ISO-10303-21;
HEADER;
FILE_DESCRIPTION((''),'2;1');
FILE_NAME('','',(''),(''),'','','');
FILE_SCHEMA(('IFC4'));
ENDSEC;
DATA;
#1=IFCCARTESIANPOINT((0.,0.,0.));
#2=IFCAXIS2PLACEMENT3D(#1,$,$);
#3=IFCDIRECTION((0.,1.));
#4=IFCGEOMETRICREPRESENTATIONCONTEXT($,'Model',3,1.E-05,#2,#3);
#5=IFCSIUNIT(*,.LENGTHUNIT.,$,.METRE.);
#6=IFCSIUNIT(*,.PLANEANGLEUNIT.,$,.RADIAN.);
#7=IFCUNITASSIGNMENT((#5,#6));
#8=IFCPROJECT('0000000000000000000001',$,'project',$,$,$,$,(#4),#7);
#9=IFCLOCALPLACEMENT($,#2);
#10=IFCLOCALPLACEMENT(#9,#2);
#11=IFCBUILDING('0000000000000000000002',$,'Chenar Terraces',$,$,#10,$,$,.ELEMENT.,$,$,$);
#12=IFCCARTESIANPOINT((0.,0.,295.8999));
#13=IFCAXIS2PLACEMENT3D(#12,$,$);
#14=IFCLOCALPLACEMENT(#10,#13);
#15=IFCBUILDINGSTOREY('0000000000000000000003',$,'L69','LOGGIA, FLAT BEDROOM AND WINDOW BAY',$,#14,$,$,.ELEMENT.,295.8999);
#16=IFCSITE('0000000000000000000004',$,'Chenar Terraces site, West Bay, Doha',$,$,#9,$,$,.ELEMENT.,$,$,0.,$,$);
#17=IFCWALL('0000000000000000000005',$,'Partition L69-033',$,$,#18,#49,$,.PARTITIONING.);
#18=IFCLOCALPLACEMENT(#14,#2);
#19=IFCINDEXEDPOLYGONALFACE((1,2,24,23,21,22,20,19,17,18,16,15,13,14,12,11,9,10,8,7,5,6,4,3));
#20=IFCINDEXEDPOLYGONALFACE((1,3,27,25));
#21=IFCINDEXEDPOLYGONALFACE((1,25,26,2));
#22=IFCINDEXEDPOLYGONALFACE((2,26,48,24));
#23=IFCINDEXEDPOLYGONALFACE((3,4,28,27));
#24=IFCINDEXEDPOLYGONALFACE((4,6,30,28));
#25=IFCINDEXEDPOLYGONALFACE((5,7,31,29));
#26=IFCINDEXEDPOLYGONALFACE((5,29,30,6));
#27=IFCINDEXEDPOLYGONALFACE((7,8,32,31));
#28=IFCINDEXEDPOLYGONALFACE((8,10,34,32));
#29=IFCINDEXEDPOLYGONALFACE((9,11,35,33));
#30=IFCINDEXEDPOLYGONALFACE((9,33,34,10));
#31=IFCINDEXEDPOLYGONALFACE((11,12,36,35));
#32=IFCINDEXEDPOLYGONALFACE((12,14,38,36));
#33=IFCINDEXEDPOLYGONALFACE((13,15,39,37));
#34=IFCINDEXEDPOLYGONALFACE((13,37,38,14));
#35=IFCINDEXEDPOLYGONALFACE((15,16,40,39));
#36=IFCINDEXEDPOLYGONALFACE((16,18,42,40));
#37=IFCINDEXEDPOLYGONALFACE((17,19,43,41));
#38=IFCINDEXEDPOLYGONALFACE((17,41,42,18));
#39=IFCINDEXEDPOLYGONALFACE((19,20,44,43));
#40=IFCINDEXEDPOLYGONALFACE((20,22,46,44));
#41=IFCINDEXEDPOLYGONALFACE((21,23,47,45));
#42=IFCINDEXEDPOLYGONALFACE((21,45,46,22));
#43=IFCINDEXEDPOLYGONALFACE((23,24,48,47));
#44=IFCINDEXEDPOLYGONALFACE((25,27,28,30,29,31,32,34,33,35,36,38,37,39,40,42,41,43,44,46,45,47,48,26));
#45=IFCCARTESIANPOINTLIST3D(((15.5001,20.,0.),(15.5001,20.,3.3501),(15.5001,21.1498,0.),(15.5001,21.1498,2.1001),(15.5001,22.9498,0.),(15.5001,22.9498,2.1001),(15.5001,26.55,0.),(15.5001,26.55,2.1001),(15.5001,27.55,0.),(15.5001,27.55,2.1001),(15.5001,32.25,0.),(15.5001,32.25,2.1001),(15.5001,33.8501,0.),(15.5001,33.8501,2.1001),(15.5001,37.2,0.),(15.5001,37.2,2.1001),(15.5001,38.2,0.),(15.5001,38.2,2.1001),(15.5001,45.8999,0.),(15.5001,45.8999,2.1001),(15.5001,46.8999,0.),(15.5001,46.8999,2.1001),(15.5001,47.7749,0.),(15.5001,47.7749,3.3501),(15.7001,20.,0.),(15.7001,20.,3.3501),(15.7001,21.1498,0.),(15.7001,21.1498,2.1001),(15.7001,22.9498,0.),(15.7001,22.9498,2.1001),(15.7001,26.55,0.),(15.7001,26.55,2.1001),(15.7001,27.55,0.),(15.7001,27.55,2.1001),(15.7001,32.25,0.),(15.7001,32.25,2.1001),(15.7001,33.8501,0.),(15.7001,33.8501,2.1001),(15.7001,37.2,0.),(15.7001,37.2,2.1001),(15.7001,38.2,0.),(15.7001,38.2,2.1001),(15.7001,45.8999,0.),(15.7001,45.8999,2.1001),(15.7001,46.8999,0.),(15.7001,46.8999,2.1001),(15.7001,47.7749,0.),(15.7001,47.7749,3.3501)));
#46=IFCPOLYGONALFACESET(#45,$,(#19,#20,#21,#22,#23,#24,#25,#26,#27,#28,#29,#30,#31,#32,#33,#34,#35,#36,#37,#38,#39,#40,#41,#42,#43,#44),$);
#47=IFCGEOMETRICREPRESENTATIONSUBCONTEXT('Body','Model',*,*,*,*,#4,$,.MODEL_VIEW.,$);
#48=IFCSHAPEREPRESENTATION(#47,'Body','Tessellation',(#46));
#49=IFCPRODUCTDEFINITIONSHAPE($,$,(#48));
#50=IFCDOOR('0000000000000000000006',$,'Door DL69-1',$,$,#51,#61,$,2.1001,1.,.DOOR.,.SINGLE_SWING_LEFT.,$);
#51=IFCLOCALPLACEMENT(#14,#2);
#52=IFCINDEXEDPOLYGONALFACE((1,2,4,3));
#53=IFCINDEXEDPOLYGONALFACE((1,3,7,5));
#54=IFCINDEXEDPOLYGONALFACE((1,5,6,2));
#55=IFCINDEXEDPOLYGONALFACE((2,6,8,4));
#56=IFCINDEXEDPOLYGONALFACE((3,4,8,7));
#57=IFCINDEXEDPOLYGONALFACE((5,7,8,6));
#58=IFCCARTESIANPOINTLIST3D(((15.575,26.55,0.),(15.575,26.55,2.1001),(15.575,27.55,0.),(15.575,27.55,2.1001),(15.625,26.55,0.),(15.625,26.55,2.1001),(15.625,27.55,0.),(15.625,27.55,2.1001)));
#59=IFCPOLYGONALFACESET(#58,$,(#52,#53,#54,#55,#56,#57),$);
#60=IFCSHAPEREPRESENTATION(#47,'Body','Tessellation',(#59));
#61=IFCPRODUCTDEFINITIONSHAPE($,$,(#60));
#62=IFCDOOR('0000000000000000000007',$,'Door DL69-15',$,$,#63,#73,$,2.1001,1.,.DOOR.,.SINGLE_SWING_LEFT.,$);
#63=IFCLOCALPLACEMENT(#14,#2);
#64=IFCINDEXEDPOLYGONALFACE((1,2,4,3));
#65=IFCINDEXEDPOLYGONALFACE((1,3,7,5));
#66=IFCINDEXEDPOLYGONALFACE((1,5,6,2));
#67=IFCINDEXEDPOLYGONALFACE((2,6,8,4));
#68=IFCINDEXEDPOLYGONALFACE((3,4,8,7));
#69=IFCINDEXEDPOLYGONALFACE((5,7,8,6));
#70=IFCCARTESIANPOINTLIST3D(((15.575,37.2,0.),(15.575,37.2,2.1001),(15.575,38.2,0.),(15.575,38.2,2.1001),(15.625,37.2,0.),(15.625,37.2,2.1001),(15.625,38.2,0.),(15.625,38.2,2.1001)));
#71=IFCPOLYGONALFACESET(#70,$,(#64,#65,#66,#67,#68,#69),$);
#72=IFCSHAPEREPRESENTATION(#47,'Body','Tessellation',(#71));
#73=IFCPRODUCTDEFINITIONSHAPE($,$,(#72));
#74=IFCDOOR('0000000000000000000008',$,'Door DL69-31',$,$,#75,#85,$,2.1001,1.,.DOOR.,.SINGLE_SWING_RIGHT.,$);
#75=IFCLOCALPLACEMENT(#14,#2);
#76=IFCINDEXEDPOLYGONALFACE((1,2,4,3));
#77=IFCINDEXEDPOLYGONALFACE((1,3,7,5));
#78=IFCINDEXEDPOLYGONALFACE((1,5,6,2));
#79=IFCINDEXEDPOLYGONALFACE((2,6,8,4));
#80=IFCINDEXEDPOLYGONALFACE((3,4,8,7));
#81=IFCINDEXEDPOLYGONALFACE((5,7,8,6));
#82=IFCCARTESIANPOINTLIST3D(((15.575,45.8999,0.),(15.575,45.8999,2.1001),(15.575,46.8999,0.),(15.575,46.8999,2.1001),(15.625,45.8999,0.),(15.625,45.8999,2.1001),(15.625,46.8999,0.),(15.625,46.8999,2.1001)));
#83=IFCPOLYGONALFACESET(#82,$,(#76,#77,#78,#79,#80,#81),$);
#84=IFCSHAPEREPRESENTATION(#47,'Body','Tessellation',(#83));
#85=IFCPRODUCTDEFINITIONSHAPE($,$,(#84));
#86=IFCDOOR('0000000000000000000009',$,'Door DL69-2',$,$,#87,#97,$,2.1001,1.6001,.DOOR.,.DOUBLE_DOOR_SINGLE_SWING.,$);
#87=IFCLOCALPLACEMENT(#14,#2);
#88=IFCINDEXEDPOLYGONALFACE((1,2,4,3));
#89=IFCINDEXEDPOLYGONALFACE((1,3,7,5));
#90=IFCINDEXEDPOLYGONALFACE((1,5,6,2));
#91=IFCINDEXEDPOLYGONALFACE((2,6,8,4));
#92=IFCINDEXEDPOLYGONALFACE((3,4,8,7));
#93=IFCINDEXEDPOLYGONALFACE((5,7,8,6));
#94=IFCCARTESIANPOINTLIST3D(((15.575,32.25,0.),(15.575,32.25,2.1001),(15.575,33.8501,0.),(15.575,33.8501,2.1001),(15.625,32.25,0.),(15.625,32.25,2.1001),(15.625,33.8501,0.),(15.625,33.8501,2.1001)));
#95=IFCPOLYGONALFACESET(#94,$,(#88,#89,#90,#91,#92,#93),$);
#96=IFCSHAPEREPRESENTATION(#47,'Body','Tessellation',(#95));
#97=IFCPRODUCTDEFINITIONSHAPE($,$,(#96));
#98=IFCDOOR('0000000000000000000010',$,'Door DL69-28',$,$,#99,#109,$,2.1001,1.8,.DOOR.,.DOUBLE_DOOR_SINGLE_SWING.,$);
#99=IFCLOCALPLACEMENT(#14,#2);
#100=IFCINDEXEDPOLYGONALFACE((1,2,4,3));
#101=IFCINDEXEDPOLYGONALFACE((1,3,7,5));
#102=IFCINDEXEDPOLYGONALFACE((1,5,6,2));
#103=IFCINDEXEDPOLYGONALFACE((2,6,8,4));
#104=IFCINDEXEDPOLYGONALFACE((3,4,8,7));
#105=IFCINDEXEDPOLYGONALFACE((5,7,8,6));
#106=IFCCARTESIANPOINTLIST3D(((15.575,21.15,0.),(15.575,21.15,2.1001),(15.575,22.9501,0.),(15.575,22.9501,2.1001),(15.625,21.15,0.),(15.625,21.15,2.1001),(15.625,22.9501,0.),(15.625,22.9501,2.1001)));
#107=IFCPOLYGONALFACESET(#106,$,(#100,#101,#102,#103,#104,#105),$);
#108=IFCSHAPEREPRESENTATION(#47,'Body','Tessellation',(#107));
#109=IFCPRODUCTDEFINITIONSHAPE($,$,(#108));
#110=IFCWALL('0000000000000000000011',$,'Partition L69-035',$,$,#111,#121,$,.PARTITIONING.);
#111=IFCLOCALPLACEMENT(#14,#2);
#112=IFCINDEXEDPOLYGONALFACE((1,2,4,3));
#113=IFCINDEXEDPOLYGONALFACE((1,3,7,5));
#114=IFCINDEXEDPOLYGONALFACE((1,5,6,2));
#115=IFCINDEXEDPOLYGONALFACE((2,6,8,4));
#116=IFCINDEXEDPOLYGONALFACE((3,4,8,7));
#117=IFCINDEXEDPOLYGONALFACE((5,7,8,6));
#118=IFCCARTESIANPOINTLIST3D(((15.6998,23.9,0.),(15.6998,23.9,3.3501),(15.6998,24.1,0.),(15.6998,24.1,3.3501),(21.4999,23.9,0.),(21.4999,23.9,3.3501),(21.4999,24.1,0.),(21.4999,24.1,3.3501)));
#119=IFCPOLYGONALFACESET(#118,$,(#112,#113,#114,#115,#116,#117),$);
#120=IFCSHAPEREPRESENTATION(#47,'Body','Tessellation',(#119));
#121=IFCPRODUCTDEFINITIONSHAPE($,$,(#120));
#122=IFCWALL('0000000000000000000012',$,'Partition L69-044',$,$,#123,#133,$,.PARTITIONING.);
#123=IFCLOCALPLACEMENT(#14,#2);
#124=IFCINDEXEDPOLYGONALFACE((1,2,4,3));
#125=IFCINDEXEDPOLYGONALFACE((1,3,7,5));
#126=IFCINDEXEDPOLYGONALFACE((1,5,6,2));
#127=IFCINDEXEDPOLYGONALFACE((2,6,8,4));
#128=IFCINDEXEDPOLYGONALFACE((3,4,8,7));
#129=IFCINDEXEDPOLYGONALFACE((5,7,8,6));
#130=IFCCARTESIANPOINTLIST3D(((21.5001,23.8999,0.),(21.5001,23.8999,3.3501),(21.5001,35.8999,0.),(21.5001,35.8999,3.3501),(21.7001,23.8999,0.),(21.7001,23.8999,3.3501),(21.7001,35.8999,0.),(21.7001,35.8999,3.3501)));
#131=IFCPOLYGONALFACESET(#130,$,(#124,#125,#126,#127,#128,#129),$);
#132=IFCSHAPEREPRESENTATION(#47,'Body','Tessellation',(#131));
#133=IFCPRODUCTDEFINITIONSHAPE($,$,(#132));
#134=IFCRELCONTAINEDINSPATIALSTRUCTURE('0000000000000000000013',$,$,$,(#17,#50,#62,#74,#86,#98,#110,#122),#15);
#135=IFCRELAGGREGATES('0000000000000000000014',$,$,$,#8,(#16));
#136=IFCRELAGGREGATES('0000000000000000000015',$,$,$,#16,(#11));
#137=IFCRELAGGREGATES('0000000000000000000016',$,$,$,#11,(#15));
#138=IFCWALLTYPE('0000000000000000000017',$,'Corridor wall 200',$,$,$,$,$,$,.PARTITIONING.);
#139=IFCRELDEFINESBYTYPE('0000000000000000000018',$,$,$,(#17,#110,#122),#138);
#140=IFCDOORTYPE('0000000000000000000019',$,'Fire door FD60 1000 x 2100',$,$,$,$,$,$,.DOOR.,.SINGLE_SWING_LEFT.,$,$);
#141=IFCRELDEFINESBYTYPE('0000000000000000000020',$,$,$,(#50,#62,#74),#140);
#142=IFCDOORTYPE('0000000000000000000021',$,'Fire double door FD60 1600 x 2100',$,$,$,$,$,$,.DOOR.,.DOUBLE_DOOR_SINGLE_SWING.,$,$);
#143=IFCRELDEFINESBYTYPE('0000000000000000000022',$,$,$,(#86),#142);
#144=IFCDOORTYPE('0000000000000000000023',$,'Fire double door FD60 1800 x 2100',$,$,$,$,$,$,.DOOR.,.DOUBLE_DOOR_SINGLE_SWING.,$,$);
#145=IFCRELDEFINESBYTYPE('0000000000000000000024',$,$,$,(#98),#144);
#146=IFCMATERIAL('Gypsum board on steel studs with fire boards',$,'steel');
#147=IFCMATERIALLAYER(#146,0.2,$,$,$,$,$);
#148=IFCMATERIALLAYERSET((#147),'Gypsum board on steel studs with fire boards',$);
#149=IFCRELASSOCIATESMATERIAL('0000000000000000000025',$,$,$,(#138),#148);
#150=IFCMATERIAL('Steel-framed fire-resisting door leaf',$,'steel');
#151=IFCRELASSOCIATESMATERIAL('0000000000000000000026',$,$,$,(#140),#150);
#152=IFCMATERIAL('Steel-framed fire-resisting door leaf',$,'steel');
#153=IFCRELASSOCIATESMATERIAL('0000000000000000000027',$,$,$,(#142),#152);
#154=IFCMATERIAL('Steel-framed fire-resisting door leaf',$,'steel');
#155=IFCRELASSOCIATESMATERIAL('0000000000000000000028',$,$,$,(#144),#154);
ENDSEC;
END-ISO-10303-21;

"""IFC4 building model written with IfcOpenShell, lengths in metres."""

from ifc_helpers import new_model, si_unit, direction, frame, frame_2d, origin, place, context, subcontext, project, spatial, rectangle, extrude, material, layer, layer_set, type_object, element, fill, save


model = new_model("IFC4")

# Units and contexts
model_context = context("Model", 3, precision=1e-05, world=origin(), true_north=direction((0.0, 1.0)))
body_context = subcontext(model_context, "Body", "Model", "MODEL_VIEW")
ifc_project = project(units=[si_unit("LENGTHUNIT", "METRE"), si_unit("PLANEANGLEUNIT", "RADIAN")], contexts=[model_context])

# Site, building, storey
site_placement = place(None, origin())
site = spatial("IfcSite", under=ifc_project, at=site_placement, Name="Chenar Terraces site, West Bay, Doha", CompositionType="ELEMENT", RefElevation=0.0)
building_placement = place(site_placement, origin())
building = spatial("IfcBuilding", under=site, at=building_placement, Name="Chenar Terraces", CompositionType="ELEMENT")
storey_placement = place(building_placement, frame((0.0, 0.0, 295.8999)))
storey = spatial("IfcBuildingStorey", under=building, at=storey_placement, Name="L69", Description="LOGGIA, FLAT BEDROOM AND WINDOW BAY", CompositionType="ELEMENT", Elevation=295.8999)

# Wall, openings, doors
ifc_material_1 = material(Name="Gypsum board on steel studs with fire boards", Category="steel")
ifc_layer_1 = layer(ifc_material_1, 0.2)
ifc_layer_set_1 = layer_set([ifc_layer_1], Name="Gypsum board on steel studs with fire boards")
wall_type_1 = type_object("IfcWallType", Name="Corridor wall 200", PredefinedType="PARTITIONING", material=ifc_layer_set_1)
wall_1_placement = place(storey_placement, frame((15.6001, 20.0, 0.0), z_axis=(0.0, 0.0, 1.0), x_axis=(0.0, 1.0, 0.0)))
wall_1 = element("IfcWall", 1, at=wall_1_placement, inside=storey, type_object=wall_type_1, Name="Partition L69-033", PredefinedType="PARTITIONING", context=body_context, shape_type="SweptSolid", body=[
    extrude(rectangle(XDim=27.7749, YDim=0.2, at=frame_2d((13.8875, 0.0))), origin(), (0.0, 0.0, 1.0), 3.3501),
])
opening_1_placement = place(wall_1_placement, frame((6.55, 0.0, 0.0)))
opening_1 = element("IfcOpeningElement", 2, at=opening_1_placement, cuts=wall_1, PredefinedType="OPENING", context=body_context, shape_type="SweptSolid", body=[
    extrude(rectangle(XDim=1.0, YDim=2.1001, at=frame_2d((0.5, 1.05))), frame((0.0, 0.1099, 0.0), z_axis=(0.0, -1.0, 0.0), x_axis=(1.0, 0.0, 0.0)), (0.0, 0.0, 1.0), 0.22),
])
opening_2_placement = place(wall_1_placement, frame((12.25, 0.0, 0.0)))
opening_2 = element("IfcOpeningElement", 3, at=opening_2_placement, cuts=wall_1, PredefinedType="OPENING", context=body_context, shape_type="SweptSolid", body=[
    extrude(rectangle(XDim=1.6001, YDim=2.1001, at=frame_2d((0.8, 1.05))), frame((0.0, 0.1099, 0.0), z_axis=(0.0, -1.0, 0.0), x_axis=(1.0, 0.0, 0.0)), (0.0, 0.0, 1.0), 0.22),
])
opening_3_placement = place(wall_1_placement, frame((17.2, 0.0, 0.0)))
opening_3 = element("IfcOpeningElement", 4, at=opening_3_placement, cuts=wall_1, PredefinedType="OPENING", context=body_context, shape_type="SweptSolid", body=[
    extrude(rectangle(XDim=1.0, YDim=2.1001, at=frame_2d((0.5, 1.05))), frame((0.0, 0.1099, 0.0), z_axis=(0.0, -1.0, 0.0), x_axis=(1.0, 0.0, 0.0)), (0.0, 0.0, 1.0), 0.22),
])
opening_4_placement = place(wall_1_placement, frame((1.1499, 0.0, 0.0)))
opening_4 = element("IfcOpeningElement", 5, at=opening_4_placement, cuts=wall_1, PredefinedType="OPENING", context=body_context, shape_type="SweptSolid", body=[
    extrude(rectangle(XDim=1.8, YDim=2.1001, at=frame_2d((0.8999, 1.05))), frame((0.0, 0.1099, 0.0), z_axis=(0.0, -1.0, 0.0), x_axis=(1.0, 0.0, 0.0)), (0.0, 0.0, 1.0), 0.22),
])
opening_5_placement = place(wall_1_placement, frame((25.8999, 0.0, 0.0)))
opening_5 = element("IfcOpeningElement", 6, at=opening_5_placement, cuts=wall_1, PredefinedType="OPENING", context=body_context, shape_type="SweptSolid", body=[
    extrude(rectangle(XDim=1.0, YDim=2.1001, at=frame_2d((0.5, 1.05))), frame((0.0, 0.1099, 0.0), z_axis=(0.0, -1.0, 0.0), x_axis=(1.0, 0.0, 0.0)), (0.0, 0.0, 1.0), 0.22),
])
ifc_material_2 = material(Name="Steel-framed fire-resisting door leaf", Category="steel")
door_type_1 = type_object("IfcDoorType", Name="Fire door FD60 1000 x 2100", OperationType="SINGLE_SWING_LEFT", PredefinedType="DOOR", material=ifc_material_2)
door_1_placement = place(opening_1_placement, frame((1.0, 0.0, 0.0), z_axis=(0.0, 0.0, 1.0), x_axis=(-1.0, 0.0, 0.0)))
door_1 = element("IfcDoor", 7, at=door_1_placement, inside=storey, type_object=door_type_1, Name="Door DL69-1", OperationType="SINGLE_SWING_LEFT", OverallHeight=2.1001, OverallWidth=1.0, PredefinedType="DOOR", context=body_context, shape_type="SweptSolid", body=[
    extrude(rectangle(XDim=1.0, YDim=2.1001, at=frame_2d((0.5, 1.05))), frame((0.0, 0.0249, 0.0), z_axis=(0.0, -1.0, 0.0), x_axis=(1.0, 0.0, 0.0)), (0.0, 0.0, 1.0), 0.05),
])
fill(opening_1, door_1)
door_2_placement = place(opening_3_placement, frame((1.0, 0.0, 0.0), z_axis=(0.0, 0.0, 1.0), x_axis=(-1.0, 0.0, 0.0)))
door_2 = element("IfcDoor", 8, at=door_2_placement, inside=storey, type_object=door_type_1, Name="Door DL69-15", OperationType="SINGLE_SWING_LEFT", OverallHeight=2.1001, OverallWidth=1.0, PredefinedType="DOOR", context=body_context, shape_type="SweptSolid", body=[
    extrude(rectangle(XDim=1.0, YDim=2.1001, at=frame_2d((0.5, 1.05))), frame((0.0, 0.0249, 0.0), z_axis=(0.0, -1.0, 0.0), x_axis=(1.0, 0.0, 0.0)), (0.0, 0.0, 1.0), 0.05),
])
fill(opening_3, door_2)
door_3_placement = place(opening_5_placement, frame((1.0, 0.0, 0.0), z_axis=(0.0, 0.0, 1.0), x_axis=(-1.0, 0.0, 0.0)))
door_3 = element("IfcDoor", 9, at=door_3_placement, inside=storey, type_object=door_type_1, Name="Door DL69-31", OperationType="SINGLE_SWING_RIGHT", OverallHeight=2.1001, OverallWidth=1.0, PredefinedType="DOOR", context=body_context, shape_type="SweptSolid", body=[
    extrude(rectangle(XDim=1.0, YDim=2.1001, at=frame_2d((0.5, 1.05))), frame((0.0, 0.0249, 0.0), z_axis=(0.0, -1.0, 0.0), x_axis=(1.0, 0.0, 0.0)), (0.0, 0.0, 1.0), 0.05),
])
fill(opening_5, door_3)
ifc_material_3 = material(Name="Steel-framed fire-resisting door leaf", Category="steel")
door_type_2 = type_object("IfcDoorType", Name="Fire double door FD60 1600 x 2100", OperationType="DOUBLE_DOOR_SINGLE_SWING", PredefinedType="DOOR", material=ifc_material_3)
door_4_placement = place(opening_2_placement, frame((1.6001, 0.0, 0.0), z_axis=(0.0, 0.0, 1.0), x_axis=(-1.0, 0.0, 0.0)))
door_4 = element("IfcDoor", 10, at=door_4_placement, inside=storey, type_object=door_type_2, Name="Door DL69-2", OperationType="DOUBLE_DOOR_SINGLE_SWING", OverallHeight=2.1001, OverallWidth=1.6001, PredefinedType="DOOR", context=body_context, shape_type="SweptSolid", body=[
    extrude(rectangle(XDim=1.6001, YDim=2.1001, at=frame_2d((0.8, 1.05))), frame((0.0, 0.0249, 0.0), z_axis=(0.0, -1.0, 0.0), x_axis=(1.0, 0.0, 0.0)), (0.0, 0.0, 1.0), 0.05),
])
fill(opening_2, door_4)
ifc_material_4 = material(Name="Steel-framed fire-resisting door leaf", Category="steel")
door_type_3 = type_object("IfcDoorType", Name="Fire double door FD60 1800 x 2100", OperationType="DOUBLE_DOOR_SINGLE_SWING", PredefinedType="DOOR", material=ifc_material_4)
door_5_placement = place(opening_4_placement, frame((1.8, 0.0, 0.0), z_axis=(0.0, 0.0, 1.0), x_axis=(-1.0, 0.0, 0.0)))
door_5 = element("IfcDoor", 11, at=door_5_placement, inside=storey, type_object=door_type_3, Name="Door DL69-28", OperationType="DOUBLE_DOOR_SINGLE_SWING", OverallHeight=2.1001, OverallWidth=1.8, PredefinedType="DOOR", context=body_context, shape_type="SweptSolid", body=[
    extrude(rectangle(XDim=1.8, YDim=2.1001, at=frame_2d((0.8999, 1.05))), frame((0.0, 0.0249, 0.0), z_axis=(0.0, -1.0, 0.0), x_axis=(1.0, 0.0, 0.0)), (0.0, 0.0, 1.0), 0.05),
])
fill(opening_4, door_5)

# Walls
wall_2_placement = place(storey_placement, frame((15.7, 24.0, 0.0), z_axis=(0.0, 0.0, 1.0), x_axis=(1.0, 0.0, 0.0)))
element("IfcWall", 12, at=wall_2_placement, inside=storey, type_object=wall_type_1, Name="Partition L69-035", PredefinedType="PARTITIONING", context=body_context, shape_type="SweptSolid", body=[
    extrude(rectangle(XDim=5.8, YDim=0.2, at=frame_2d((2.8999, 0.0))), origin(), (0.0, 0.0, 1.0), 3.3501),
])
wall_3_placement = place(storey_placement, frame((21.6001, 23.8999, 0.0), z_axis=(0.0, 0.0, 1.0), x_axis=(0.0, 1.0, 0.0)))
element("IfcWall", 13, at=wall_3_placement, inside=storey, type_object=wall_type_1, Name="Partition L69-044", PredefinedType="PARTITIONING", context=body_context, shape_type="SweptSolid", body=[
    extrude(rectangle(XDim=12.0, YDim=0.2, at=frame_2d((6.0, 0.0))), origin(), (0.0, 0.0, 1.0), 3.3501),
])

save(model, "model.ifc")
